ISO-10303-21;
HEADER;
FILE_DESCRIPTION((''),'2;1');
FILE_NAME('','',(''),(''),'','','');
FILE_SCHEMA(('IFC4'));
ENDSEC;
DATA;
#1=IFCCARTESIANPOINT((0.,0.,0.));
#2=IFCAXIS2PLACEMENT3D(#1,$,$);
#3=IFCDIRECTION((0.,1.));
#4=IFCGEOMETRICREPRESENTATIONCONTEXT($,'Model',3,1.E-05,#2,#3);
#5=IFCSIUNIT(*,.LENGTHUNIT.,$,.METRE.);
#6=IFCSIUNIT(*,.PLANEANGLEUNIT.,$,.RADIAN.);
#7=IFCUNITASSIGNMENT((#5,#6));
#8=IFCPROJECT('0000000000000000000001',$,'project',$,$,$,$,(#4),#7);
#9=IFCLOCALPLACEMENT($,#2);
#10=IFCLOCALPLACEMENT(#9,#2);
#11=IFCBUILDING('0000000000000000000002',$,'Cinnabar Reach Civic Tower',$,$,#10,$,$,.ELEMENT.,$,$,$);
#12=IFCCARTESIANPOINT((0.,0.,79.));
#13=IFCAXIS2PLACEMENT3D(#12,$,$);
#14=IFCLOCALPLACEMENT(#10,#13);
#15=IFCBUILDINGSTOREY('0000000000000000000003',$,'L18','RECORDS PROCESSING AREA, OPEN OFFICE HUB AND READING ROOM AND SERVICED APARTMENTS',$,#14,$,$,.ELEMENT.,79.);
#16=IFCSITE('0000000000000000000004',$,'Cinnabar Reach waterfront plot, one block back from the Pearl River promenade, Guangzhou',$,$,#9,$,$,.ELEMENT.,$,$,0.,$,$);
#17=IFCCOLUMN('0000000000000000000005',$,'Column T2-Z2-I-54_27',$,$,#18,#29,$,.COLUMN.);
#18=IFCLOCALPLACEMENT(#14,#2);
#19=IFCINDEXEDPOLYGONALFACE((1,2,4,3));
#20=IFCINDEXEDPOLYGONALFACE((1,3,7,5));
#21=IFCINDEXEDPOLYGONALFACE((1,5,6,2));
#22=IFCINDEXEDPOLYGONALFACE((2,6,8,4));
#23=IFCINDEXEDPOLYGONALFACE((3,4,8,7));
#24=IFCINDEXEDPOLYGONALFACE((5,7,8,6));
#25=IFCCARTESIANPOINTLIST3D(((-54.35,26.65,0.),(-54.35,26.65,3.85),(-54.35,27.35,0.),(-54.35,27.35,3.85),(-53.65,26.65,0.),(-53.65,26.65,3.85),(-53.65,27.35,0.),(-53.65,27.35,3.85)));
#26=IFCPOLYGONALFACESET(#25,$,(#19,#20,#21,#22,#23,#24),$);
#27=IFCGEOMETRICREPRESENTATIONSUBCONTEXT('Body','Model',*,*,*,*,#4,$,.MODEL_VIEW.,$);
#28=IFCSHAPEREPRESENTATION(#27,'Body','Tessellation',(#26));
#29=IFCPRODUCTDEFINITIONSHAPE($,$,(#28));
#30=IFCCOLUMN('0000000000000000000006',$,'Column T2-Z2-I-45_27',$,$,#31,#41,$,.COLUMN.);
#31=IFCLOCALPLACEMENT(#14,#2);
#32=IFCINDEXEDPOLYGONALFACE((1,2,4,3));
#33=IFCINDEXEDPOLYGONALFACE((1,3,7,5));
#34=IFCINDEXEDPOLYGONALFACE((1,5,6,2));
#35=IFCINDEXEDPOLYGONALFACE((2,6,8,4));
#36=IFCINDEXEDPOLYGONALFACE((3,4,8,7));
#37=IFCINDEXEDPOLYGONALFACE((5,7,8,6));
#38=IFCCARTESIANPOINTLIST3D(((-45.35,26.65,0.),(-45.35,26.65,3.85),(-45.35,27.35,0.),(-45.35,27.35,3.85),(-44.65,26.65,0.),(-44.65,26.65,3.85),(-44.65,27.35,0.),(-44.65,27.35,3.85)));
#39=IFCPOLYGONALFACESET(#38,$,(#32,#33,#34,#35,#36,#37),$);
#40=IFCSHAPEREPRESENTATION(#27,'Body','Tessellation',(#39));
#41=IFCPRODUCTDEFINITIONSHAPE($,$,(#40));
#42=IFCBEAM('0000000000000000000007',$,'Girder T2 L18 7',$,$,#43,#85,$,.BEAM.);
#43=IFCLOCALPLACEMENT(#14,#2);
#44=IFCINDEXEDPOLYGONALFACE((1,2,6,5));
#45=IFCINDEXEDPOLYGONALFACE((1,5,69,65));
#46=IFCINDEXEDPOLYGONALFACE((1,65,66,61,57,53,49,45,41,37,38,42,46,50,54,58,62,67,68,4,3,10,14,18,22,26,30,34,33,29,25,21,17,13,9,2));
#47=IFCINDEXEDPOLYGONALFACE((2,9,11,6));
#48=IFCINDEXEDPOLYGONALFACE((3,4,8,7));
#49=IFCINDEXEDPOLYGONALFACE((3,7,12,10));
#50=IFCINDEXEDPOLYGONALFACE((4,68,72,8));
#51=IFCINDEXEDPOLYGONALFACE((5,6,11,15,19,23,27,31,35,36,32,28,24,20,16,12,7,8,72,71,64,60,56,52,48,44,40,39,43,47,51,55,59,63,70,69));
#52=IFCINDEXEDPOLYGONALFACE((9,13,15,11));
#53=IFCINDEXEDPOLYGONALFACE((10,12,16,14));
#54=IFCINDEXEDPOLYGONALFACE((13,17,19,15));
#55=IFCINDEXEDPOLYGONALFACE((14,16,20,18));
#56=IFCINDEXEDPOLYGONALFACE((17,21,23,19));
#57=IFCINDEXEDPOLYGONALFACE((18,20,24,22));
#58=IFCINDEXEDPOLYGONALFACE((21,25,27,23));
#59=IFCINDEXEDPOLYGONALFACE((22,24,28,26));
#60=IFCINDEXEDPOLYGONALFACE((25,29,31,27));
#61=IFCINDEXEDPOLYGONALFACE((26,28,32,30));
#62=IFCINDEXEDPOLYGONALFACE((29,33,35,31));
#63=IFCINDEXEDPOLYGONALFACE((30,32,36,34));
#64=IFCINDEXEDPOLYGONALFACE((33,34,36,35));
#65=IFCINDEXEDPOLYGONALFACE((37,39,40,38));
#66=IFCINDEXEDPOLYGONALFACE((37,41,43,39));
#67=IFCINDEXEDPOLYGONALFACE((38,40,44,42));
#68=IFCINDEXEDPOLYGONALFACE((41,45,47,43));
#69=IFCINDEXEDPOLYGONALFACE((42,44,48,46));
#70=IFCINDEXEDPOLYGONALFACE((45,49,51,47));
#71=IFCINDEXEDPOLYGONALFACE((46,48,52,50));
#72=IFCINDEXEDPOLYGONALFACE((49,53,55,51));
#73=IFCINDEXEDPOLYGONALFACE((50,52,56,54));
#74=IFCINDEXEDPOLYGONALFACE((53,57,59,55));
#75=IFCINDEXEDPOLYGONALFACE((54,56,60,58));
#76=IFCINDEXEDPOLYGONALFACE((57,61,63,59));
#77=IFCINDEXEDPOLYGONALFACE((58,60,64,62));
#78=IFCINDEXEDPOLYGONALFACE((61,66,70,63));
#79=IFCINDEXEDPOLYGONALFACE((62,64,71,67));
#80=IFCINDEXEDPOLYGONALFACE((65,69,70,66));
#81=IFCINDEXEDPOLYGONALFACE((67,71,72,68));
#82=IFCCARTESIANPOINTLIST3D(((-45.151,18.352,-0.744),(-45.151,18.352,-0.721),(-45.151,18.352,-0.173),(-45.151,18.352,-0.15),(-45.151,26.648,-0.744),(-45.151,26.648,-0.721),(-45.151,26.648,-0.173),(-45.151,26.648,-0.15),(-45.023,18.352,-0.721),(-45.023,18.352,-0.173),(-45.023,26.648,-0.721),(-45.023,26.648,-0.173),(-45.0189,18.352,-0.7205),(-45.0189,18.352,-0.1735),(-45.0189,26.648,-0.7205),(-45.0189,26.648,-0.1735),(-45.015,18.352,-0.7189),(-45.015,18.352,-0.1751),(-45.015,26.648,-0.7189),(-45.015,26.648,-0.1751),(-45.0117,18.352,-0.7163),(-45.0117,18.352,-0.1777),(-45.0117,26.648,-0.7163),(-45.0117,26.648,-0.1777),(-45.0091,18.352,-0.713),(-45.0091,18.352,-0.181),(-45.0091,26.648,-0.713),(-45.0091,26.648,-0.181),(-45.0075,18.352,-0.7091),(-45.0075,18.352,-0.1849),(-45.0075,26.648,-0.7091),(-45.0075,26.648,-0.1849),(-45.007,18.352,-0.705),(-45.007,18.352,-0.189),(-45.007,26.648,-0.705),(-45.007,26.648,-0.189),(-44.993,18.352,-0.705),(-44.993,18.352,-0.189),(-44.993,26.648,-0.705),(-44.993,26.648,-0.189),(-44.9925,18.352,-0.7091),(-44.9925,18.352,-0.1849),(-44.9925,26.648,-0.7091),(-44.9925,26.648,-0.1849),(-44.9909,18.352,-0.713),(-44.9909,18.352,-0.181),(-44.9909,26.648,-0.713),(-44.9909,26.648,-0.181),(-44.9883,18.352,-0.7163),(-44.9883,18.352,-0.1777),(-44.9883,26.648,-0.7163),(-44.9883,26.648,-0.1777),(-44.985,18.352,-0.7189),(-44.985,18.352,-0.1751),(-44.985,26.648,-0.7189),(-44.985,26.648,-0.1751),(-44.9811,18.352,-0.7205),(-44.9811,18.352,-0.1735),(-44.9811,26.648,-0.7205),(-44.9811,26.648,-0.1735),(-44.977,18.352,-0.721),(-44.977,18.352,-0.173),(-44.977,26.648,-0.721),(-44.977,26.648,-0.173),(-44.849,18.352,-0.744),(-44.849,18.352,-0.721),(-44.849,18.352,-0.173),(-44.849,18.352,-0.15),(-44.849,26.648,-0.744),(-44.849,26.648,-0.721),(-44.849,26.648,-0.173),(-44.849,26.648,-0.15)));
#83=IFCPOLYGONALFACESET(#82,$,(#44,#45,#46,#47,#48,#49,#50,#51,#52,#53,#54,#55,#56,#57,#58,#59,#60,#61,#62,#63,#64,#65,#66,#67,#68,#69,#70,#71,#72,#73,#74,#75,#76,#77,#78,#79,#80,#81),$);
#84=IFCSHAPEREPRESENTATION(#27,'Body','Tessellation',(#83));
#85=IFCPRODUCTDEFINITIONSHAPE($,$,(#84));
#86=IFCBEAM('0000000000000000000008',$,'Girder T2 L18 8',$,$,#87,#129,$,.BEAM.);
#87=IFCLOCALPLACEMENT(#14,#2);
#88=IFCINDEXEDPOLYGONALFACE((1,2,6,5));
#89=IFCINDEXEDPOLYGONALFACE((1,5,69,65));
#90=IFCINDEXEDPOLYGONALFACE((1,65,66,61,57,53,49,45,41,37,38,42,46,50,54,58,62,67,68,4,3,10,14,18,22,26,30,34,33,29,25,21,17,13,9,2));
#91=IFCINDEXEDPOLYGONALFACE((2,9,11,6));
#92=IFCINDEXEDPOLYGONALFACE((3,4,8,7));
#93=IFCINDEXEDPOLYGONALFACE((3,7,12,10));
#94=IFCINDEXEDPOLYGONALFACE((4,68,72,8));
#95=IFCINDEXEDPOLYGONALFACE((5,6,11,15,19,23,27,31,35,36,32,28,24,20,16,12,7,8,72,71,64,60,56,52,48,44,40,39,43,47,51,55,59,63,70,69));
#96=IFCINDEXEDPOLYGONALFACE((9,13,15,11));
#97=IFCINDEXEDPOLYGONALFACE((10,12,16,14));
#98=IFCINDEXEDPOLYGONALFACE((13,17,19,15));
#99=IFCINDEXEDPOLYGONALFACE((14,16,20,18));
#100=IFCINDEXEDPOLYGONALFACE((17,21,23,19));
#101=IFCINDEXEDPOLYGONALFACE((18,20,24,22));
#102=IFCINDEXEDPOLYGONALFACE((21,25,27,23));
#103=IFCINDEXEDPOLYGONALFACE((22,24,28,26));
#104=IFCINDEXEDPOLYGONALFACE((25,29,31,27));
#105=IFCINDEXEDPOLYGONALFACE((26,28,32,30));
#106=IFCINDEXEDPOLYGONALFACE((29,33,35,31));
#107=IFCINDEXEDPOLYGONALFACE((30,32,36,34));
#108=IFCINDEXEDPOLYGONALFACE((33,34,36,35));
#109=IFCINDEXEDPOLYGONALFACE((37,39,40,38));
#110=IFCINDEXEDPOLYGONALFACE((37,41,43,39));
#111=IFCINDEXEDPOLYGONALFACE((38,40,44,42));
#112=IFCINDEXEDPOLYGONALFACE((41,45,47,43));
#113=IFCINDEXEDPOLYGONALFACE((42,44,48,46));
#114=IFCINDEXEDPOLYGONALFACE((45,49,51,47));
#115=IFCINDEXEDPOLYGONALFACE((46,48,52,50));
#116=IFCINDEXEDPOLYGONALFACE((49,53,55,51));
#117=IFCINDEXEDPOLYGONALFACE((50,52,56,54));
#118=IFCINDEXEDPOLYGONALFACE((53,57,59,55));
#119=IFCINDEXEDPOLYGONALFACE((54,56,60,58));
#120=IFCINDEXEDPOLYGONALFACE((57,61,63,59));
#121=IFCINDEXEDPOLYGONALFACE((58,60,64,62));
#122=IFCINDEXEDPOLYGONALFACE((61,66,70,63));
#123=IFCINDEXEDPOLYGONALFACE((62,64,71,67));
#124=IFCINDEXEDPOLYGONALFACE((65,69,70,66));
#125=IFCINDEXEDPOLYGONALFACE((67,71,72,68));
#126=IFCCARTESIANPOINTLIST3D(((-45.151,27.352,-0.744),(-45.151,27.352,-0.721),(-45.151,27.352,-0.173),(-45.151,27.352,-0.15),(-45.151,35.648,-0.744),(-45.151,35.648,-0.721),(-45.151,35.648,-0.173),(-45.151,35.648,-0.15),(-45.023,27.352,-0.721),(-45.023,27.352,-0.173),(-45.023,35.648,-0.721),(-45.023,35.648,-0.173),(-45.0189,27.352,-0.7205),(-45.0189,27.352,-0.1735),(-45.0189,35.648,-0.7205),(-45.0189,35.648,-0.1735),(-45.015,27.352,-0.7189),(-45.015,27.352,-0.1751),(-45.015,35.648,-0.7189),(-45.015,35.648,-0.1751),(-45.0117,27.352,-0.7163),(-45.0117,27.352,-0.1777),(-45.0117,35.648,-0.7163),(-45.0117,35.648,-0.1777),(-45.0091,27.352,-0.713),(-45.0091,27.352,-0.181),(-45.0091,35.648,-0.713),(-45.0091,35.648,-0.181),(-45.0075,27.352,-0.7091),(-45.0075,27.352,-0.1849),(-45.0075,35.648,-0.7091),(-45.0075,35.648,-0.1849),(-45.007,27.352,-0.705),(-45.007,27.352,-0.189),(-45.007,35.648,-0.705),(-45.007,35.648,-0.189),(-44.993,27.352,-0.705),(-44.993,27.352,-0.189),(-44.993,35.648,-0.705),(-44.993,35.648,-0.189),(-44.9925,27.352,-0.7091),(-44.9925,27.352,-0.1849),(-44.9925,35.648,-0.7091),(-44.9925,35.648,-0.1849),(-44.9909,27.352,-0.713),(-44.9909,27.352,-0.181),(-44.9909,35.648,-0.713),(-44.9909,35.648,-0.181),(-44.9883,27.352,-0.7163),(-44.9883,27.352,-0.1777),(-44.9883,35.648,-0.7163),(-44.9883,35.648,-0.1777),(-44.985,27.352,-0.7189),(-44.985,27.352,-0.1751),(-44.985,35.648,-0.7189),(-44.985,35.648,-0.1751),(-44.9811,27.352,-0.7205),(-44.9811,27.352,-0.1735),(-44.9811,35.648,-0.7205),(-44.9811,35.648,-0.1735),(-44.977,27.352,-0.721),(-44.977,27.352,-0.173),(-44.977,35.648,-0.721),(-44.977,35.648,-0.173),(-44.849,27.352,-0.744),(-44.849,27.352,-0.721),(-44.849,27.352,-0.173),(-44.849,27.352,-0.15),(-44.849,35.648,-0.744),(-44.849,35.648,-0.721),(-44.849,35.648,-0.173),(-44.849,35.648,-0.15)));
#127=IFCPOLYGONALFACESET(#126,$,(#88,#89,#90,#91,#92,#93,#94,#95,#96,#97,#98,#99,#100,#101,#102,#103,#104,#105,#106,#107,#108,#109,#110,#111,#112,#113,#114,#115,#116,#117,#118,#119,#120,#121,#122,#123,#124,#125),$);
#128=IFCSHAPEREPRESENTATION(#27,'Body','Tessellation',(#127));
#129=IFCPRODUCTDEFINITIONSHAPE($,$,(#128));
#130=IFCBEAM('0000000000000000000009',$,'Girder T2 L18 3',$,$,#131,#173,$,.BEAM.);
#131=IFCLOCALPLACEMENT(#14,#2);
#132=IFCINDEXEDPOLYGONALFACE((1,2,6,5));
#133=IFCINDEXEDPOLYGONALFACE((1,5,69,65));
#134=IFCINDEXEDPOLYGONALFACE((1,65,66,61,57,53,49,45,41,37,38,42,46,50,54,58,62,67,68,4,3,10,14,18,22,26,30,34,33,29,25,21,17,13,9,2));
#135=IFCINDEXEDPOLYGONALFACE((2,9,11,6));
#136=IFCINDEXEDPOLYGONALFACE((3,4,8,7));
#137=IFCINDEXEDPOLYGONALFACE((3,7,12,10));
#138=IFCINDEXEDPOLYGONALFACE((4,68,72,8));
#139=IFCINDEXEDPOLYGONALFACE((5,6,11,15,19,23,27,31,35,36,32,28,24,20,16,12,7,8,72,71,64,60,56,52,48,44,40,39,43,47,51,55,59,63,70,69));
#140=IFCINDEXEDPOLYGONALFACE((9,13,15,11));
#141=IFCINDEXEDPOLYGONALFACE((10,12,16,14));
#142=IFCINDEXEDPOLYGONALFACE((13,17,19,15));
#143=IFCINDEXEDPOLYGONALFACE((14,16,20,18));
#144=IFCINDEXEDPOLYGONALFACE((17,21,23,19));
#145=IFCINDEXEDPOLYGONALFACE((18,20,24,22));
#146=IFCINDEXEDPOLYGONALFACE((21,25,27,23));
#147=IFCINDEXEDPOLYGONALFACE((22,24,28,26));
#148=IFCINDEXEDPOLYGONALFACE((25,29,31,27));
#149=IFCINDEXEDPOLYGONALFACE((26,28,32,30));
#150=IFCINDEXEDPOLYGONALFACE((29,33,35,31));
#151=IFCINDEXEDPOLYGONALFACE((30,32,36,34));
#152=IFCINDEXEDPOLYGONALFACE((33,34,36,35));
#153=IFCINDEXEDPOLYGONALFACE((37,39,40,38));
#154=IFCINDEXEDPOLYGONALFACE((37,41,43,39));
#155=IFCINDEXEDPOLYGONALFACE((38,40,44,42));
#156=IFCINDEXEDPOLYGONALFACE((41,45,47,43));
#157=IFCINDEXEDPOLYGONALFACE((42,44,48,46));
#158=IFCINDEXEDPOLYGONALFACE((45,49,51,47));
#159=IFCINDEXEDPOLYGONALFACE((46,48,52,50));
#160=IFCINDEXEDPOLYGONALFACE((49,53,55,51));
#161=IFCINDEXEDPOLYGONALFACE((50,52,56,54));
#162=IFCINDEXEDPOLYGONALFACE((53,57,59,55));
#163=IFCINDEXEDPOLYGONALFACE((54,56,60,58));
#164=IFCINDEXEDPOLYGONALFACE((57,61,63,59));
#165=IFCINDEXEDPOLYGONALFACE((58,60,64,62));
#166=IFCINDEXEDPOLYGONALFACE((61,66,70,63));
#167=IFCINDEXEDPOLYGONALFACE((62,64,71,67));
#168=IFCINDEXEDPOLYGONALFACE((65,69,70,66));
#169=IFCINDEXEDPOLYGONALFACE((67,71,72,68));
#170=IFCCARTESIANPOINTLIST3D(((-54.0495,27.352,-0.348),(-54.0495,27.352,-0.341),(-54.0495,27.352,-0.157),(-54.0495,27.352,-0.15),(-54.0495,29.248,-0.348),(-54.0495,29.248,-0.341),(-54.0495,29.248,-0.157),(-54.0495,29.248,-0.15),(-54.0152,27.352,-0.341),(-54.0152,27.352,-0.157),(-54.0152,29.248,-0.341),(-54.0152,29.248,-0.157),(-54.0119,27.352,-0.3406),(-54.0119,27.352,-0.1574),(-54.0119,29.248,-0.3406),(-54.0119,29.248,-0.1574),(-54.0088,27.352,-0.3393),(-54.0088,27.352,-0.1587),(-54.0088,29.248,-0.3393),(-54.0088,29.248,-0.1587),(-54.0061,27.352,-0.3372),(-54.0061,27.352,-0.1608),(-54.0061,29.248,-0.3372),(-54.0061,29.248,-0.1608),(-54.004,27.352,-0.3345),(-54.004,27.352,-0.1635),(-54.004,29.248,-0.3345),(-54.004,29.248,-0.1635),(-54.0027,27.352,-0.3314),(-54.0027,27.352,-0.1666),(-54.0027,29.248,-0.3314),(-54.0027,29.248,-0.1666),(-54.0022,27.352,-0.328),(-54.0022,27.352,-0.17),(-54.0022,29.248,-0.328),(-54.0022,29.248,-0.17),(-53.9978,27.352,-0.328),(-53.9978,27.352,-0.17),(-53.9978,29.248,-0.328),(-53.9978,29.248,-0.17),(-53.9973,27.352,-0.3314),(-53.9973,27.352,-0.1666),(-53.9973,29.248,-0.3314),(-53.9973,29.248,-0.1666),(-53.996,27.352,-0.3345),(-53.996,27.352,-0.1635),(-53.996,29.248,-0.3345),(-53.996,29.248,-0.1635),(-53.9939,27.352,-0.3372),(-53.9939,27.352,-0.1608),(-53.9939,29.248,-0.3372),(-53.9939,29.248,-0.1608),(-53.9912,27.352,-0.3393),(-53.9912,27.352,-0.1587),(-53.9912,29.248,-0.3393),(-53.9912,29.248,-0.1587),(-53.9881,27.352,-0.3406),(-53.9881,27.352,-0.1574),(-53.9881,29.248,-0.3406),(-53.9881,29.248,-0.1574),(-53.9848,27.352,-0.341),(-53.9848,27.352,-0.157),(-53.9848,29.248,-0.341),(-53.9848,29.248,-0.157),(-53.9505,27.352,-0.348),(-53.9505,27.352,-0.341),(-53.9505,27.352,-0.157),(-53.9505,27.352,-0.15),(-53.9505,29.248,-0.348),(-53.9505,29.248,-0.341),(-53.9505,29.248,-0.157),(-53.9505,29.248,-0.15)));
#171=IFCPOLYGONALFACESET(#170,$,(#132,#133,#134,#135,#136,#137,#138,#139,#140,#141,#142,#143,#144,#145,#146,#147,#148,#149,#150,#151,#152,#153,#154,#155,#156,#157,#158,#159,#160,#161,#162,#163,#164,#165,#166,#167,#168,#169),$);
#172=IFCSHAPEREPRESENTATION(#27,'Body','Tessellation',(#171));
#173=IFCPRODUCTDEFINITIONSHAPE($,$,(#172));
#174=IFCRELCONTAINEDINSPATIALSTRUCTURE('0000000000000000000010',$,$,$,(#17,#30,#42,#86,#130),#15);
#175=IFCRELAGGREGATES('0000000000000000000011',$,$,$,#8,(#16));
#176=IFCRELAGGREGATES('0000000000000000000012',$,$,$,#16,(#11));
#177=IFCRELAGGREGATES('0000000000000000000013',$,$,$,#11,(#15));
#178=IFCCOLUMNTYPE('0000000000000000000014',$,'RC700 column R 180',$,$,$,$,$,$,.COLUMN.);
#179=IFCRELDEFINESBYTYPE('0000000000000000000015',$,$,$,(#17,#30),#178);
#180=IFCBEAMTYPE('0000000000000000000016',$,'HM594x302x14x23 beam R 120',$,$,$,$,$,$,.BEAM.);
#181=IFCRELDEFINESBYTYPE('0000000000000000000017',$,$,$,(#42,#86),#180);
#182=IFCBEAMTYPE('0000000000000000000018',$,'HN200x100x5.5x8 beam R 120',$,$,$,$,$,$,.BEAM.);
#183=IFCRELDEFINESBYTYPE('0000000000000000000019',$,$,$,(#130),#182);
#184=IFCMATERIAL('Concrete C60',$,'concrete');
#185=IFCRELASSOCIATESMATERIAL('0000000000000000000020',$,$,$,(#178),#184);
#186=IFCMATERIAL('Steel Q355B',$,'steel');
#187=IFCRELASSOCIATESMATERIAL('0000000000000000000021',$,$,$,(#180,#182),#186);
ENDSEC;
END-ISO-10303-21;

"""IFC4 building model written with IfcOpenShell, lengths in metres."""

from ifc_helpers import new_model, si_unit, direction, frame, origin, origin_2d, place, context, subcontext, project, spatial, rectangle, i_section, extrude, material, material_profile, profile_set, type_object, element, save


model = new_model("IFC4")

# Units and contexts
model_context = context("Model", 3, precision=1e-05, world=origin(), true_north=direction((0.0, 1.0)))
body_context = subcontext(model_context, "Body", "Model", "MODEL_VIEW")
ifc_project = project(units=[si_unit("LENGTHUNIT", "METRE"), si_unit("PLANEANGLEUNIT", "RADIAN")], contexts=[model_context])

# Site, building, storey
site_placement = place(None, origin())
site = spatial("IfcSite", under=ifc_project, at=site_placement, Name="Cinnabar Reach waterfront plot, one block back from the Pearl River promenade, Guangzhou", CompositionType="ELEMENT", RefElevation=0.0)
building_placement = place(site_placement, origin())
building = spatial("IfcBuilding", under=site, at=building_placement, Name="Cinnabar Reach Civic Tower", CompositionType="ELEMENT")
storey_placement = place(building_placement, frame((0.0, 0.0, 79.0)))
storey = spatial("IfcBuildingStorey", under=building, at=storey_placement, Name="L18", Description="RECORDS PROCESSING AREA, OPEN OFFICE HUB AND READING ROOM AND SERVICED APARTMENTS", CompositionType="ELEMENT", Elevation=79.0)

# Columns
ifc_material_1 = material(Name="Concrete C60", Category="concrete")
ifc_material_profile_1 = material_profile(ifc_material_1, rectangle(XDim=0.7, YDim=0.7, at=origin_2d()), Name="RC700")
ifc_profile_set_1 = profile_set([ifc_material_profile_1], Name="Concrete C60")
column_type = type_object("IfcColumnType", Name="RC700 column R 180", PredefinedType="COLUMN", material=ifc_profile_set_1)
for number, where, z_axis, x_axis, name in (
    (1, (-54.0, 27.0, 0.0), (0.0, 0.0, 1.0), (1.0, 0.0, 0.0), "Column T2-Z2-I-54_27"),
    (2, (-45.0, 27.0, 0.0), (0.0, 0.0, 1.0), (1.0, 0.0, 0.0), "Column T2-Z2-I-45_27"),
):
    element("IfcColumn", number, at=place(storey_placement, frame(where, z_axis=z_axis, x_axis=x_axis)), inside=storey, type_object=column_type, Name=name, PredefinedType="COLUMN", context=body_context, shape_type="SweptSolid", body=[
        extrude(rectangle(XDim=0.7, YDim=0.7, at=origin_2d()), origin(), (0.0, 0.0, 1.0), 3.85),
    ])

# Beams
ifc_material_2 = material(Name="Steel Q355B", Category="steel")
ifc_material_profile_2 = material_profile(ifc_material_2, i_section(OverallWidth=0.302, OverallDepth=0.594, WebThickness=0.014, FlangeThickness=0.023, FilletRadius=0.016, at=origin_2d()), Name="HM594x302x14x23")
ifc_profile_set_2 = profile_set([ifc_material_profile_2], Name="Steel Q355B")
beam_type_1 = type_object("IfcBeamType", Name="HM594x302x14x23 beam R 120", PredefinedType="BEAM", material=ifc_profile_set_2)
for number, where, z_axis, x_axis, name in (
    (3, (-45.0, 18.352, -0.447), (0.0, 1.0, 0.0), (-1.0, 0.0, 0.0), "Girder T2 L18 7"),
    (4, (-45.0, 27.352, -0.447), (0.0, 1.0, 0.0), (-1.0, 0.0, 0.0), "Girder T2 L18 8"),
):
    element("IfcBeam", number, at=place(storey_placement, frame(where, z_axis=z_axis, x_axis=x_axis)), inside=storey, type_object=beam_type_1, Name=name, PredefinedType="BEAM", context=body_context, shape_type="SweptSolid", body=[
        extrude(i_section(OverallWidth=0.302, OverallDepth=0.594, WebThickness=0.014, FlangeThickness=0.023, FilletRadius=0.016, at=origin_2d()), origin(), (0.0, 0.0, 1.0), 8.296),
    ])
ifc_material_profile_3 = material_profile(ifc_material_2, i_section(OverallWidth=0.099, OverallDepth=0.198, WebThickness=0.0045, FlangeThickness=0.007, FilletRadius=0.013, at=origin_2d()), Name="HN200x100x5.5x8")
ifc_profile_set_3 = profile_set([ifc_material_profile_3], Name="Steel Q355B")
beam_type_2 = type_object("IfcBeamType", Name="HN200x100x5.5x8 beam R 120", PredefinedType="BEAM", material=ifc_profile_set_3)
beam_1_placement = place(storey_placement, frame((-54.0, 27.352, -0.249), z_axis=(0.0, 1.0, 0.0), x_axis=(-1.0, 0.0, 0.0)))
element("IfcBeam", 5, at=beam_1_placement, inside=storey, type_object=beam_type_2, Name="Girder T2 L18 3", PredefinedType="BEAM", context=body_context, shape_type="SweptSolid", body=[
    extrude(i_section(OverallWidth=0.099, OverallDepth=0.198, WebThickness=0.0045, FlangeThickness=0.007, FilletRadius=0.013, at=origin_2d()), origin(), (0.0, 0.0, 1.0), 1.896),
])

save(model, "model.ifc")
